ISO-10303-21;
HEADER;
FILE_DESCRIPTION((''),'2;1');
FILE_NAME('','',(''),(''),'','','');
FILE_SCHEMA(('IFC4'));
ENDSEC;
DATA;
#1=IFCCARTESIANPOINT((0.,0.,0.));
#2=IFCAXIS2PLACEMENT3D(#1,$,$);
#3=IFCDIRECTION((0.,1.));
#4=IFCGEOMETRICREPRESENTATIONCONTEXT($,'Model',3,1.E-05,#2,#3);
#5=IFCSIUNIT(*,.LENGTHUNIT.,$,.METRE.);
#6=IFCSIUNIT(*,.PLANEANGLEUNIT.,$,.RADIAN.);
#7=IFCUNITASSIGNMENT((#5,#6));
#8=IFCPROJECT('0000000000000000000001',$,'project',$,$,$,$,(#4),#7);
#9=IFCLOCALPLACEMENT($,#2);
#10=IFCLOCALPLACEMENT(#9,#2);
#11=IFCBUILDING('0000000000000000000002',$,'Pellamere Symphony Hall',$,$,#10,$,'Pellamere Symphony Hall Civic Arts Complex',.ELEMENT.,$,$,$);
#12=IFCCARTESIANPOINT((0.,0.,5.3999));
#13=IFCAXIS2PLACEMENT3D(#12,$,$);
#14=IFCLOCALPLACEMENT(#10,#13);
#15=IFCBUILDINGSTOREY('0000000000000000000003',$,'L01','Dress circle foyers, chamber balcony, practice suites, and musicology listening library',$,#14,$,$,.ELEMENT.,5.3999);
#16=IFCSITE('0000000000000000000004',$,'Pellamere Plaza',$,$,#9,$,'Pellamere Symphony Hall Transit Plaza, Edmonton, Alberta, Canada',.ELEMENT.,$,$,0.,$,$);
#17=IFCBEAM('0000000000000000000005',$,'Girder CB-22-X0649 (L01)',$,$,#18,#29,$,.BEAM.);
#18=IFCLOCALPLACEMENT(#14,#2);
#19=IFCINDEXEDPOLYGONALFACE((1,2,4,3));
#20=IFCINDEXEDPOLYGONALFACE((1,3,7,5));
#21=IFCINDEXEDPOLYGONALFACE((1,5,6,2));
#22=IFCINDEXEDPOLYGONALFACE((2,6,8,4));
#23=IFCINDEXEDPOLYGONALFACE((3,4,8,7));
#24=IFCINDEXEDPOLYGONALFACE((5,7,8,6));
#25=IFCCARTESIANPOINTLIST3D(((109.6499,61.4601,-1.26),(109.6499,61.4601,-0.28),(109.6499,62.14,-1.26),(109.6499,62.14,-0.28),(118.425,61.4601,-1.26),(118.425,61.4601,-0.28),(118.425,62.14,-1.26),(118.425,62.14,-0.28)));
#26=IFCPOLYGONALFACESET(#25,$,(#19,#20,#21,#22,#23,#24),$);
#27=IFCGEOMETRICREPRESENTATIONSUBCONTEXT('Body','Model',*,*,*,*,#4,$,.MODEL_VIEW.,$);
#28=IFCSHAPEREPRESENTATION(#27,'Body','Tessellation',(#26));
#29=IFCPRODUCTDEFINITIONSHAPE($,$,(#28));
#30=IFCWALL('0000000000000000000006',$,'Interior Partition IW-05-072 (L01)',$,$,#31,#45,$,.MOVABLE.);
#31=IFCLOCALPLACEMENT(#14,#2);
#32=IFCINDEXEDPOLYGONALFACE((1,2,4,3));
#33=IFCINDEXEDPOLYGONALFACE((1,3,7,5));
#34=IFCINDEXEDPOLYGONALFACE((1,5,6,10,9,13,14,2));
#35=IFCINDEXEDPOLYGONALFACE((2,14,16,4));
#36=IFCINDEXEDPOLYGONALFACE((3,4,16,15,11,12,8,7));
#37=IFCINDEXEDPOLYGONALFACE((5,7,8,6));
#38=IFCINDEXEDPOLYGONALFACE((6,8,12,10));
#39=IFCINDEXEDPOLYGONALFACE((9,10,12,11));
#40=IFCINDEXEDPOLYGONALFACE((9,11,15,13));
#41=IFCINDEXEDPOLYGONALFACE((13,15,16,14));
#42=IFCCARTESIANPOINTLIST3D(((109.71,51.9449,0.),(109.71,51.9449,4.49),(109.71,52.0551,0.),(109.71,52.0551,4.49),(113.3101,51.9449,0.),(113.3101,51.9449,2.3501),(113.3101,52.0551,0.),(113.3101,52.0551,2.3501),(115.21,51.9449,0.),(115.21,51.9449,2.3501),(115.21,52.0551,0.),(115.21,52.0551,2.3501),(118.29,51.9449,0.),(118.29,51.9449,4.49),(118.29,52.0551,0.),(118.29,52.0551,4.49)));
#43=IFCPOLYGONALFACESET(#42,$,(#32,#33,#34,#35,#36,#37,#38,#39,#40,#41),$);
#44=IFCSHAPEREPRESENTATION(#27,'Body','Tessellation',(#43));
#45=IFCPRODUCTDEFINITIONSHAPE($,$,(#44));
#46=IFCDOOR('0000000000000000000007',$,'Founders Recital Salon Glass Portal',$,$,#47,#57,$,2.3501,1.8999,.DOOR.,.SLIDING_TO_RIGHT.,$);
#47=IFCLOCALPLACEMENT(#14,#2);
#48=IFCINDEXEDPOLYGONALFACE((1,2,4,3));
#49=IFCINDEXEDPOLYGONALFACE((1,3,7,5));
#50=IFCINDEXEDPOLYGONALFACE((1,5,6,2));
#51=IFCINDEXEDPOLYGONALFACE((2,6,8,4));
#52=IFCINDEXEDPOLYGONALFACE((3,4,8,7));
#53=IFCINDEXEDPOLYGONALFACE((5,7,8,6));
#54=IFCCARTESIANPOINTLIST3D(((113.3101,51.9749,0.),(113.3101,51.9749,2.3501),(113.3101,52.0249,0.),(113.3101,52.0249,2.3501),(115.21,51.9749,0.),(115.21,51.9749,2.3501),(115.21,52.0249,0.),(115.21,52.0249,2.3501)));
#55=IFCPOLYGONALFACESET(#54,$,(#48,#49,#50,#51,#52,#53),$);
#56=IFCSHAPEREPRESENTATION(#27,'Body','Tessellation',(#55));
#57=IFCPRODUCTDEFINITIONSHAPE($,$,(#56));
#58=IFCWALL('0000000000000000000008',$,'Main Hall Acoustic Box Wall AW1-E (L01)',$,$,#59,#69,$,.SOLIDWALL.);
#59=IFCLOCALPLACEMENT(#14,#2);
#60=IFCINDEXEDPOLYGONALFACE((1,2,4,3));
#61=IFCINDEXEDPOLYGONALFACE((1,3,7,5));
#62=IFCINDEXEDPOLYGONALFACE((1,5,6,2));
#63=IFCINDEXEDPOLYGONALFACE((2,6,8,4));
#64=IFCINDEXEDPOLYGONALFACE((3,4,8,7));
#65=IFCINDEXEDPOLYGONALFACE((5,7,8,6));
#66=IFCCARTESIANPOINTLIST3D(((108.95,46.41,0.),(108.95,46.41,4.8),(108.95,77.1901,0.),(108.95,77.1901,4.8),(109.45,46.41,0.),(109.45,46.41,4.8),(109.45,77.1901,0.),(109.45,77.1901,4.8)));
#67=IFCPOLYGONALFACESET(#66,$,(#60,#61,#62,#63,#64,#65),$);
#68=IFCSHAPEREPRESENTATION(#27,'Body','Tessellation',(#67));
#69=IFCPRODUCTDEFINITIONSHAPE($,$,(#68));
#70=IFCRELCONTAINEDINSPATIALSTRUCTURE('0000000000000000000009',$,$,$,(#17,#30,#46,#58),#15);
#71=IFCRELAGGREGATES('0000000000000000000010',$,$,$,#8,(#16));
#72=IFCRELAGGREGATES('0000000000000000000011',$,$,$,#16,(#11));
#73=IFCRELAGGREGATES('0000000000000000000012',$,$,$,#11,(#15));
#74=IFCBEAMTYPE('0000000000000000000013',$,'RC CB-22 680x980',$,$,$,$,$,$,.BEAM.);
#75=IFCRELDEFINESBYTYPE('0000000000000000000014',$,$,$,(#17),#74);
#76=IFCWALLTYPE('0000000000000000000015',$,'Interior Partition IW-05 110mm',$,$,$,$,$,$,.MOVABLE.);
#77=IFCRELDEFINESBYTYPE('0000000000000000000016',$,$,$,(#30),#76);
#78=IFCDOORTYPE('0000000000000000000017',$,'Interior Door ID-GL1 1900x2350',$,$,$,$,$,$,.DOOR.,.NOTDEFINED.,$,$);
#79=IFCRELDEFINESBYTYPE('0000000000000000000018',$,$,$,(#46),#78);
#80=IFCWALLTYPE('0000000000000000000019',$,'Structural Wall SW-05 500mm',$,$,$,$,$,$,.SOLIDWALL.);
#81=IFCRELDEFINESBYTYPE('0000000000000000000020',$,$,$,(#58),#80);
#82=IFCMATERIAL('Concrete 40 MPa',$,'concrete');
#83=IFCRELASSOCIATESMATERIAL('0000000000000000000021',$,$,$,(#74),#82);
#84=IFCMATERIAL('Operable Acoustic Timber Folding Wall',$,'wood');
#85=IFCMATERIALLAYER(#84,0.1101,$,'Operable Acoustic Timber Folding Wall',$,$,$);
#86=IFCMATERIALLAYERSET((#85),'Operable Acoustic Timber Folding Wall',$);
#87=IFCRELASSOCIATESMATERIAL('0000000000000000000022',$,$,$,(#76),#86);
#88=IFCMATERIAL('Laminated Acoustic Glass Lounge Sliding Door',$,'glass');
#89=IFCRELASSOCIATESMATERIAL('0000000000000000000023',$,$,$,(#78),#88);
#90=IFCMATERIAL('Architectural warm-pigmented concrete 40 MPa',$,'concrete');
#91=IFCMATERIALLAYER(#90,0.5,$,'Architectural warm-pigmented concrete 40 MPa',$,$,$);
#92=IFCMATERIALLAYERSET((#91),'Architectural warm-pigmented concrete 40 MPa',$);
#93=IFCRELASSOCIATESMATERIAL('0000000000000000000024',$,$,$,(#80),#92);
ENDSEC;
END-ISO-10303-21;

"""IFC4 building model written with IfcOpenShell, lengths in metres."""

from ifc_helpers import new_model, si_unit, direction, frame, frame_2d, origin, origin_2d, place, context, subcontext, project, spatial, rectangle, extrude, material, layer, layer_set, material_profile, profile_set, type_object, element, fill, save


model = new_model("IFC4")

# Units and contexts
model_context = context("Model", 3, precision=1e-05, world=origin(), true_north=direction((0.0, 1.0)))
body_context = subcontext(model_context, "Body", "Model", "MODEL_VIEW")
ifc_project = project(units=[si_unit("LENGTHUNIT", "METRE"), si_unit("PLANEANGLEUNIT", "RADIAN")], contexts=[model_context])

# Site, building, storey
site_placement = place(None, origin())
site = spatial("IfcSite", under=ifc_project, at=site_placement, Name="Pellamere Plaza", LongName="Pellamere Symphony Hall Transit Plaza, Edmonton, Alberta, Canada", CompositionType="ELEMENT", RefElevation=0.0)
building_placement = place(site_placement, origin())
building = spatial("IfcBuilding", under=site, at=building_placement, Name="Pellamere Symphony Hall", LongName="Pellamere Symphony Hall Civic Arts Complex", CompositionType="ELEMENT")
storey_placement = place(building_placement, frame((0.0, 0.0, 5.3999)))
storey = spatial("IfcBuildingStorey", under=building, at=storey_placement, Name="L01", Description="Dress circle foyers, chamber balcony, practice suites, and musicology listening library", CompositionType="ELEMENT", Elevation=5.3999)

# Beam
ifc_material_1 = material(Name="Concrete 40 MPa", Category="concrete")
ifc_material_profile_1 = material_profile(ifc_material_1, rectangle(XDim=0.6799, YDim=0.98, at=origin_2d()), Name="RC 680x980")
ifc_profile_set_1 = profile_set([ifc_material_profile_1], Name="Concrete 40 MPa")
beam_type_1 = type_object("IfcBeamType", Name="RC CB-22 680x980", PredefinedType="BEAM", material=ifc_profile_set_1)
for number, where, z_axis, x_axis, name in (
    (1, (109.6499, 61.8, -0.77), (1.0, 0.0, 0.0), (0.0, 1.0, 0.0), "Girder CB-22-X0649 (L01)"),
):
    element("IfcBeam", number, at=place(storey_placement, frame(where, z_axis=z_axis, x_axis=x_axis)), inside=storey, type_object=beam_type_1, Name=name, PredefinedType="BEAM", context=body_context, shape_type="SweptSolid", body=[
        extrude(rectangle(XDim=0.6799, YDim=0.98, at=origin_2d()), origin(), (0.0, 0.0, 1.0), 8.7751),
    ])

# Wall, opening, door
ifc_material_2 = material(Name="Operable Acoustic Timber Folding Wall", Category="wood")
ifc_layer_1 = layer(ifc_material_2, 0.1101, Name="Operable Acoustic Timber Folding Wall")
ifc_layer_set_1 = layer_set([ifc_layer_1], Name="Operable Acoustic Timber Folding Wall")
wall_type_1 = type_object("IfcWallType", Name="Interior Partition IW-05 110mm", PredefinedType="MOVABLE", material=ifc_layer_set_1)
wall_1_placement = place(storey_placement, frame((109.71, 52.0, 0.0), z_axis=(0.0, 0.0, 1.0), x_axis=(1.0, 0.0, 0.0)))
wall_1 = element("IfcWall", 2, at=wall_1_placement, inside=storey, type_object=wall_type_1, Name="Interior Partition IW-05-072 (L01)", PredefinedType="MOVABLE", context=body_context, shape_type="SweptSolid", body=[
    extrude(rectangle(XDim=8.5801, YDim=0.1101, at=frame_2d((4.29, 0.0))), origin(), (0.0, 0.0, 1.0), 4.49),
])
opening_placement = place(wall_1_placement, frame((3.6001, 0.0, 0.0)))
opening = element("IfcOpeningElement", 3, at=opening_placement, cuts=wall_1, PredefinedType="OPENING", context=body_context, shape_type="SweptSolid", body=[
    extrude(rectangle(XDim=1.8999, YDim=2.3501, at=frame_2d((0.95, 1.175))), frame((0.0, 0.0649, 0.0), z_axis=(0.0, -1.0, 0.0), x_axis=(1.0, 0.0, 0.0)), (0.0, 0.0, 1.0), 0.1301),
])
ifc_material_3 = material(Name="Laminated Acoustic Glass Lounge Sliding Door", Category="glass")
door_type = type_object("IfcDoorType", Name="Interior Door ID-GL1 1900x2350", OperationType="NOTDEFINED", PredefinedType="DOOR", material=ifc_material_3)
door_placement = place(opening_placement, origin())
door = element("IfcDoor", 4, at=door_placement, inside=storey, type_object=door_type, Name="Founders Recital Salon Glass Portal", OperationType="SLIDING_TO_RIGHT", OverallHeight=2.3501, OverallWidth=1.8999, PredefinedType="DOOR", context=body_context, shape_type="SweptSolid", body=[
    extrude(rectangle(XDim=1.8999, YDim=2.3501, at=frame_2d((0.95, 1.175))), frame((0.0, 0.0249, 0.0), z_axis=(0.0, -1.0, 0.0), x_axis=(1.0, 0.0, 0.0)), (0.0, 0.0, 1.0), 0.05),
])
fill(opening, door)

# Wall
ifc_material_4 = material(Name="Architectural warm-pigmented concrete 40 MPa", Category="concrete")
ifc_layer_2 = layer(ifc_material_4, 0.5, Name="Architectural warm-pigmented concrete 40 MPa")
ifc_layer_set_2 = layer_set([ifc_layer_2], Name="Architectural warm-pigmented concrete 40 MPa")
wall_type_2 = type_object("IfcWallType", Name="Structural Wall SW-05 500mm", PredefinedType="SOLIDWALL", material=ifc_layer_set_2)
wall_2_placement = place(storey_placement, frame((109.2, 46.4099, 0.0), z_axis=(0.0, 0.0, 1.0), x_axis=(0.0, 1.0, 0.0)))
element("IfcWall", 5, at=wall_2_placement, inside=storey, type_object=wall_type_2, Name="Main Hall Acoustic Box Wall AW1-E (L01)", PredefinedType="SOLIDWALL", context=body_context, shape_type="SweptSolid", body=[
    extrude(rectangle(XDim=30.78, YDim=0.5, at=frame_2d((15.3901, 0.0))), origin(), (0.0, 0.0, 1.0), 4.8),
])

save(model, "model.ifc")
